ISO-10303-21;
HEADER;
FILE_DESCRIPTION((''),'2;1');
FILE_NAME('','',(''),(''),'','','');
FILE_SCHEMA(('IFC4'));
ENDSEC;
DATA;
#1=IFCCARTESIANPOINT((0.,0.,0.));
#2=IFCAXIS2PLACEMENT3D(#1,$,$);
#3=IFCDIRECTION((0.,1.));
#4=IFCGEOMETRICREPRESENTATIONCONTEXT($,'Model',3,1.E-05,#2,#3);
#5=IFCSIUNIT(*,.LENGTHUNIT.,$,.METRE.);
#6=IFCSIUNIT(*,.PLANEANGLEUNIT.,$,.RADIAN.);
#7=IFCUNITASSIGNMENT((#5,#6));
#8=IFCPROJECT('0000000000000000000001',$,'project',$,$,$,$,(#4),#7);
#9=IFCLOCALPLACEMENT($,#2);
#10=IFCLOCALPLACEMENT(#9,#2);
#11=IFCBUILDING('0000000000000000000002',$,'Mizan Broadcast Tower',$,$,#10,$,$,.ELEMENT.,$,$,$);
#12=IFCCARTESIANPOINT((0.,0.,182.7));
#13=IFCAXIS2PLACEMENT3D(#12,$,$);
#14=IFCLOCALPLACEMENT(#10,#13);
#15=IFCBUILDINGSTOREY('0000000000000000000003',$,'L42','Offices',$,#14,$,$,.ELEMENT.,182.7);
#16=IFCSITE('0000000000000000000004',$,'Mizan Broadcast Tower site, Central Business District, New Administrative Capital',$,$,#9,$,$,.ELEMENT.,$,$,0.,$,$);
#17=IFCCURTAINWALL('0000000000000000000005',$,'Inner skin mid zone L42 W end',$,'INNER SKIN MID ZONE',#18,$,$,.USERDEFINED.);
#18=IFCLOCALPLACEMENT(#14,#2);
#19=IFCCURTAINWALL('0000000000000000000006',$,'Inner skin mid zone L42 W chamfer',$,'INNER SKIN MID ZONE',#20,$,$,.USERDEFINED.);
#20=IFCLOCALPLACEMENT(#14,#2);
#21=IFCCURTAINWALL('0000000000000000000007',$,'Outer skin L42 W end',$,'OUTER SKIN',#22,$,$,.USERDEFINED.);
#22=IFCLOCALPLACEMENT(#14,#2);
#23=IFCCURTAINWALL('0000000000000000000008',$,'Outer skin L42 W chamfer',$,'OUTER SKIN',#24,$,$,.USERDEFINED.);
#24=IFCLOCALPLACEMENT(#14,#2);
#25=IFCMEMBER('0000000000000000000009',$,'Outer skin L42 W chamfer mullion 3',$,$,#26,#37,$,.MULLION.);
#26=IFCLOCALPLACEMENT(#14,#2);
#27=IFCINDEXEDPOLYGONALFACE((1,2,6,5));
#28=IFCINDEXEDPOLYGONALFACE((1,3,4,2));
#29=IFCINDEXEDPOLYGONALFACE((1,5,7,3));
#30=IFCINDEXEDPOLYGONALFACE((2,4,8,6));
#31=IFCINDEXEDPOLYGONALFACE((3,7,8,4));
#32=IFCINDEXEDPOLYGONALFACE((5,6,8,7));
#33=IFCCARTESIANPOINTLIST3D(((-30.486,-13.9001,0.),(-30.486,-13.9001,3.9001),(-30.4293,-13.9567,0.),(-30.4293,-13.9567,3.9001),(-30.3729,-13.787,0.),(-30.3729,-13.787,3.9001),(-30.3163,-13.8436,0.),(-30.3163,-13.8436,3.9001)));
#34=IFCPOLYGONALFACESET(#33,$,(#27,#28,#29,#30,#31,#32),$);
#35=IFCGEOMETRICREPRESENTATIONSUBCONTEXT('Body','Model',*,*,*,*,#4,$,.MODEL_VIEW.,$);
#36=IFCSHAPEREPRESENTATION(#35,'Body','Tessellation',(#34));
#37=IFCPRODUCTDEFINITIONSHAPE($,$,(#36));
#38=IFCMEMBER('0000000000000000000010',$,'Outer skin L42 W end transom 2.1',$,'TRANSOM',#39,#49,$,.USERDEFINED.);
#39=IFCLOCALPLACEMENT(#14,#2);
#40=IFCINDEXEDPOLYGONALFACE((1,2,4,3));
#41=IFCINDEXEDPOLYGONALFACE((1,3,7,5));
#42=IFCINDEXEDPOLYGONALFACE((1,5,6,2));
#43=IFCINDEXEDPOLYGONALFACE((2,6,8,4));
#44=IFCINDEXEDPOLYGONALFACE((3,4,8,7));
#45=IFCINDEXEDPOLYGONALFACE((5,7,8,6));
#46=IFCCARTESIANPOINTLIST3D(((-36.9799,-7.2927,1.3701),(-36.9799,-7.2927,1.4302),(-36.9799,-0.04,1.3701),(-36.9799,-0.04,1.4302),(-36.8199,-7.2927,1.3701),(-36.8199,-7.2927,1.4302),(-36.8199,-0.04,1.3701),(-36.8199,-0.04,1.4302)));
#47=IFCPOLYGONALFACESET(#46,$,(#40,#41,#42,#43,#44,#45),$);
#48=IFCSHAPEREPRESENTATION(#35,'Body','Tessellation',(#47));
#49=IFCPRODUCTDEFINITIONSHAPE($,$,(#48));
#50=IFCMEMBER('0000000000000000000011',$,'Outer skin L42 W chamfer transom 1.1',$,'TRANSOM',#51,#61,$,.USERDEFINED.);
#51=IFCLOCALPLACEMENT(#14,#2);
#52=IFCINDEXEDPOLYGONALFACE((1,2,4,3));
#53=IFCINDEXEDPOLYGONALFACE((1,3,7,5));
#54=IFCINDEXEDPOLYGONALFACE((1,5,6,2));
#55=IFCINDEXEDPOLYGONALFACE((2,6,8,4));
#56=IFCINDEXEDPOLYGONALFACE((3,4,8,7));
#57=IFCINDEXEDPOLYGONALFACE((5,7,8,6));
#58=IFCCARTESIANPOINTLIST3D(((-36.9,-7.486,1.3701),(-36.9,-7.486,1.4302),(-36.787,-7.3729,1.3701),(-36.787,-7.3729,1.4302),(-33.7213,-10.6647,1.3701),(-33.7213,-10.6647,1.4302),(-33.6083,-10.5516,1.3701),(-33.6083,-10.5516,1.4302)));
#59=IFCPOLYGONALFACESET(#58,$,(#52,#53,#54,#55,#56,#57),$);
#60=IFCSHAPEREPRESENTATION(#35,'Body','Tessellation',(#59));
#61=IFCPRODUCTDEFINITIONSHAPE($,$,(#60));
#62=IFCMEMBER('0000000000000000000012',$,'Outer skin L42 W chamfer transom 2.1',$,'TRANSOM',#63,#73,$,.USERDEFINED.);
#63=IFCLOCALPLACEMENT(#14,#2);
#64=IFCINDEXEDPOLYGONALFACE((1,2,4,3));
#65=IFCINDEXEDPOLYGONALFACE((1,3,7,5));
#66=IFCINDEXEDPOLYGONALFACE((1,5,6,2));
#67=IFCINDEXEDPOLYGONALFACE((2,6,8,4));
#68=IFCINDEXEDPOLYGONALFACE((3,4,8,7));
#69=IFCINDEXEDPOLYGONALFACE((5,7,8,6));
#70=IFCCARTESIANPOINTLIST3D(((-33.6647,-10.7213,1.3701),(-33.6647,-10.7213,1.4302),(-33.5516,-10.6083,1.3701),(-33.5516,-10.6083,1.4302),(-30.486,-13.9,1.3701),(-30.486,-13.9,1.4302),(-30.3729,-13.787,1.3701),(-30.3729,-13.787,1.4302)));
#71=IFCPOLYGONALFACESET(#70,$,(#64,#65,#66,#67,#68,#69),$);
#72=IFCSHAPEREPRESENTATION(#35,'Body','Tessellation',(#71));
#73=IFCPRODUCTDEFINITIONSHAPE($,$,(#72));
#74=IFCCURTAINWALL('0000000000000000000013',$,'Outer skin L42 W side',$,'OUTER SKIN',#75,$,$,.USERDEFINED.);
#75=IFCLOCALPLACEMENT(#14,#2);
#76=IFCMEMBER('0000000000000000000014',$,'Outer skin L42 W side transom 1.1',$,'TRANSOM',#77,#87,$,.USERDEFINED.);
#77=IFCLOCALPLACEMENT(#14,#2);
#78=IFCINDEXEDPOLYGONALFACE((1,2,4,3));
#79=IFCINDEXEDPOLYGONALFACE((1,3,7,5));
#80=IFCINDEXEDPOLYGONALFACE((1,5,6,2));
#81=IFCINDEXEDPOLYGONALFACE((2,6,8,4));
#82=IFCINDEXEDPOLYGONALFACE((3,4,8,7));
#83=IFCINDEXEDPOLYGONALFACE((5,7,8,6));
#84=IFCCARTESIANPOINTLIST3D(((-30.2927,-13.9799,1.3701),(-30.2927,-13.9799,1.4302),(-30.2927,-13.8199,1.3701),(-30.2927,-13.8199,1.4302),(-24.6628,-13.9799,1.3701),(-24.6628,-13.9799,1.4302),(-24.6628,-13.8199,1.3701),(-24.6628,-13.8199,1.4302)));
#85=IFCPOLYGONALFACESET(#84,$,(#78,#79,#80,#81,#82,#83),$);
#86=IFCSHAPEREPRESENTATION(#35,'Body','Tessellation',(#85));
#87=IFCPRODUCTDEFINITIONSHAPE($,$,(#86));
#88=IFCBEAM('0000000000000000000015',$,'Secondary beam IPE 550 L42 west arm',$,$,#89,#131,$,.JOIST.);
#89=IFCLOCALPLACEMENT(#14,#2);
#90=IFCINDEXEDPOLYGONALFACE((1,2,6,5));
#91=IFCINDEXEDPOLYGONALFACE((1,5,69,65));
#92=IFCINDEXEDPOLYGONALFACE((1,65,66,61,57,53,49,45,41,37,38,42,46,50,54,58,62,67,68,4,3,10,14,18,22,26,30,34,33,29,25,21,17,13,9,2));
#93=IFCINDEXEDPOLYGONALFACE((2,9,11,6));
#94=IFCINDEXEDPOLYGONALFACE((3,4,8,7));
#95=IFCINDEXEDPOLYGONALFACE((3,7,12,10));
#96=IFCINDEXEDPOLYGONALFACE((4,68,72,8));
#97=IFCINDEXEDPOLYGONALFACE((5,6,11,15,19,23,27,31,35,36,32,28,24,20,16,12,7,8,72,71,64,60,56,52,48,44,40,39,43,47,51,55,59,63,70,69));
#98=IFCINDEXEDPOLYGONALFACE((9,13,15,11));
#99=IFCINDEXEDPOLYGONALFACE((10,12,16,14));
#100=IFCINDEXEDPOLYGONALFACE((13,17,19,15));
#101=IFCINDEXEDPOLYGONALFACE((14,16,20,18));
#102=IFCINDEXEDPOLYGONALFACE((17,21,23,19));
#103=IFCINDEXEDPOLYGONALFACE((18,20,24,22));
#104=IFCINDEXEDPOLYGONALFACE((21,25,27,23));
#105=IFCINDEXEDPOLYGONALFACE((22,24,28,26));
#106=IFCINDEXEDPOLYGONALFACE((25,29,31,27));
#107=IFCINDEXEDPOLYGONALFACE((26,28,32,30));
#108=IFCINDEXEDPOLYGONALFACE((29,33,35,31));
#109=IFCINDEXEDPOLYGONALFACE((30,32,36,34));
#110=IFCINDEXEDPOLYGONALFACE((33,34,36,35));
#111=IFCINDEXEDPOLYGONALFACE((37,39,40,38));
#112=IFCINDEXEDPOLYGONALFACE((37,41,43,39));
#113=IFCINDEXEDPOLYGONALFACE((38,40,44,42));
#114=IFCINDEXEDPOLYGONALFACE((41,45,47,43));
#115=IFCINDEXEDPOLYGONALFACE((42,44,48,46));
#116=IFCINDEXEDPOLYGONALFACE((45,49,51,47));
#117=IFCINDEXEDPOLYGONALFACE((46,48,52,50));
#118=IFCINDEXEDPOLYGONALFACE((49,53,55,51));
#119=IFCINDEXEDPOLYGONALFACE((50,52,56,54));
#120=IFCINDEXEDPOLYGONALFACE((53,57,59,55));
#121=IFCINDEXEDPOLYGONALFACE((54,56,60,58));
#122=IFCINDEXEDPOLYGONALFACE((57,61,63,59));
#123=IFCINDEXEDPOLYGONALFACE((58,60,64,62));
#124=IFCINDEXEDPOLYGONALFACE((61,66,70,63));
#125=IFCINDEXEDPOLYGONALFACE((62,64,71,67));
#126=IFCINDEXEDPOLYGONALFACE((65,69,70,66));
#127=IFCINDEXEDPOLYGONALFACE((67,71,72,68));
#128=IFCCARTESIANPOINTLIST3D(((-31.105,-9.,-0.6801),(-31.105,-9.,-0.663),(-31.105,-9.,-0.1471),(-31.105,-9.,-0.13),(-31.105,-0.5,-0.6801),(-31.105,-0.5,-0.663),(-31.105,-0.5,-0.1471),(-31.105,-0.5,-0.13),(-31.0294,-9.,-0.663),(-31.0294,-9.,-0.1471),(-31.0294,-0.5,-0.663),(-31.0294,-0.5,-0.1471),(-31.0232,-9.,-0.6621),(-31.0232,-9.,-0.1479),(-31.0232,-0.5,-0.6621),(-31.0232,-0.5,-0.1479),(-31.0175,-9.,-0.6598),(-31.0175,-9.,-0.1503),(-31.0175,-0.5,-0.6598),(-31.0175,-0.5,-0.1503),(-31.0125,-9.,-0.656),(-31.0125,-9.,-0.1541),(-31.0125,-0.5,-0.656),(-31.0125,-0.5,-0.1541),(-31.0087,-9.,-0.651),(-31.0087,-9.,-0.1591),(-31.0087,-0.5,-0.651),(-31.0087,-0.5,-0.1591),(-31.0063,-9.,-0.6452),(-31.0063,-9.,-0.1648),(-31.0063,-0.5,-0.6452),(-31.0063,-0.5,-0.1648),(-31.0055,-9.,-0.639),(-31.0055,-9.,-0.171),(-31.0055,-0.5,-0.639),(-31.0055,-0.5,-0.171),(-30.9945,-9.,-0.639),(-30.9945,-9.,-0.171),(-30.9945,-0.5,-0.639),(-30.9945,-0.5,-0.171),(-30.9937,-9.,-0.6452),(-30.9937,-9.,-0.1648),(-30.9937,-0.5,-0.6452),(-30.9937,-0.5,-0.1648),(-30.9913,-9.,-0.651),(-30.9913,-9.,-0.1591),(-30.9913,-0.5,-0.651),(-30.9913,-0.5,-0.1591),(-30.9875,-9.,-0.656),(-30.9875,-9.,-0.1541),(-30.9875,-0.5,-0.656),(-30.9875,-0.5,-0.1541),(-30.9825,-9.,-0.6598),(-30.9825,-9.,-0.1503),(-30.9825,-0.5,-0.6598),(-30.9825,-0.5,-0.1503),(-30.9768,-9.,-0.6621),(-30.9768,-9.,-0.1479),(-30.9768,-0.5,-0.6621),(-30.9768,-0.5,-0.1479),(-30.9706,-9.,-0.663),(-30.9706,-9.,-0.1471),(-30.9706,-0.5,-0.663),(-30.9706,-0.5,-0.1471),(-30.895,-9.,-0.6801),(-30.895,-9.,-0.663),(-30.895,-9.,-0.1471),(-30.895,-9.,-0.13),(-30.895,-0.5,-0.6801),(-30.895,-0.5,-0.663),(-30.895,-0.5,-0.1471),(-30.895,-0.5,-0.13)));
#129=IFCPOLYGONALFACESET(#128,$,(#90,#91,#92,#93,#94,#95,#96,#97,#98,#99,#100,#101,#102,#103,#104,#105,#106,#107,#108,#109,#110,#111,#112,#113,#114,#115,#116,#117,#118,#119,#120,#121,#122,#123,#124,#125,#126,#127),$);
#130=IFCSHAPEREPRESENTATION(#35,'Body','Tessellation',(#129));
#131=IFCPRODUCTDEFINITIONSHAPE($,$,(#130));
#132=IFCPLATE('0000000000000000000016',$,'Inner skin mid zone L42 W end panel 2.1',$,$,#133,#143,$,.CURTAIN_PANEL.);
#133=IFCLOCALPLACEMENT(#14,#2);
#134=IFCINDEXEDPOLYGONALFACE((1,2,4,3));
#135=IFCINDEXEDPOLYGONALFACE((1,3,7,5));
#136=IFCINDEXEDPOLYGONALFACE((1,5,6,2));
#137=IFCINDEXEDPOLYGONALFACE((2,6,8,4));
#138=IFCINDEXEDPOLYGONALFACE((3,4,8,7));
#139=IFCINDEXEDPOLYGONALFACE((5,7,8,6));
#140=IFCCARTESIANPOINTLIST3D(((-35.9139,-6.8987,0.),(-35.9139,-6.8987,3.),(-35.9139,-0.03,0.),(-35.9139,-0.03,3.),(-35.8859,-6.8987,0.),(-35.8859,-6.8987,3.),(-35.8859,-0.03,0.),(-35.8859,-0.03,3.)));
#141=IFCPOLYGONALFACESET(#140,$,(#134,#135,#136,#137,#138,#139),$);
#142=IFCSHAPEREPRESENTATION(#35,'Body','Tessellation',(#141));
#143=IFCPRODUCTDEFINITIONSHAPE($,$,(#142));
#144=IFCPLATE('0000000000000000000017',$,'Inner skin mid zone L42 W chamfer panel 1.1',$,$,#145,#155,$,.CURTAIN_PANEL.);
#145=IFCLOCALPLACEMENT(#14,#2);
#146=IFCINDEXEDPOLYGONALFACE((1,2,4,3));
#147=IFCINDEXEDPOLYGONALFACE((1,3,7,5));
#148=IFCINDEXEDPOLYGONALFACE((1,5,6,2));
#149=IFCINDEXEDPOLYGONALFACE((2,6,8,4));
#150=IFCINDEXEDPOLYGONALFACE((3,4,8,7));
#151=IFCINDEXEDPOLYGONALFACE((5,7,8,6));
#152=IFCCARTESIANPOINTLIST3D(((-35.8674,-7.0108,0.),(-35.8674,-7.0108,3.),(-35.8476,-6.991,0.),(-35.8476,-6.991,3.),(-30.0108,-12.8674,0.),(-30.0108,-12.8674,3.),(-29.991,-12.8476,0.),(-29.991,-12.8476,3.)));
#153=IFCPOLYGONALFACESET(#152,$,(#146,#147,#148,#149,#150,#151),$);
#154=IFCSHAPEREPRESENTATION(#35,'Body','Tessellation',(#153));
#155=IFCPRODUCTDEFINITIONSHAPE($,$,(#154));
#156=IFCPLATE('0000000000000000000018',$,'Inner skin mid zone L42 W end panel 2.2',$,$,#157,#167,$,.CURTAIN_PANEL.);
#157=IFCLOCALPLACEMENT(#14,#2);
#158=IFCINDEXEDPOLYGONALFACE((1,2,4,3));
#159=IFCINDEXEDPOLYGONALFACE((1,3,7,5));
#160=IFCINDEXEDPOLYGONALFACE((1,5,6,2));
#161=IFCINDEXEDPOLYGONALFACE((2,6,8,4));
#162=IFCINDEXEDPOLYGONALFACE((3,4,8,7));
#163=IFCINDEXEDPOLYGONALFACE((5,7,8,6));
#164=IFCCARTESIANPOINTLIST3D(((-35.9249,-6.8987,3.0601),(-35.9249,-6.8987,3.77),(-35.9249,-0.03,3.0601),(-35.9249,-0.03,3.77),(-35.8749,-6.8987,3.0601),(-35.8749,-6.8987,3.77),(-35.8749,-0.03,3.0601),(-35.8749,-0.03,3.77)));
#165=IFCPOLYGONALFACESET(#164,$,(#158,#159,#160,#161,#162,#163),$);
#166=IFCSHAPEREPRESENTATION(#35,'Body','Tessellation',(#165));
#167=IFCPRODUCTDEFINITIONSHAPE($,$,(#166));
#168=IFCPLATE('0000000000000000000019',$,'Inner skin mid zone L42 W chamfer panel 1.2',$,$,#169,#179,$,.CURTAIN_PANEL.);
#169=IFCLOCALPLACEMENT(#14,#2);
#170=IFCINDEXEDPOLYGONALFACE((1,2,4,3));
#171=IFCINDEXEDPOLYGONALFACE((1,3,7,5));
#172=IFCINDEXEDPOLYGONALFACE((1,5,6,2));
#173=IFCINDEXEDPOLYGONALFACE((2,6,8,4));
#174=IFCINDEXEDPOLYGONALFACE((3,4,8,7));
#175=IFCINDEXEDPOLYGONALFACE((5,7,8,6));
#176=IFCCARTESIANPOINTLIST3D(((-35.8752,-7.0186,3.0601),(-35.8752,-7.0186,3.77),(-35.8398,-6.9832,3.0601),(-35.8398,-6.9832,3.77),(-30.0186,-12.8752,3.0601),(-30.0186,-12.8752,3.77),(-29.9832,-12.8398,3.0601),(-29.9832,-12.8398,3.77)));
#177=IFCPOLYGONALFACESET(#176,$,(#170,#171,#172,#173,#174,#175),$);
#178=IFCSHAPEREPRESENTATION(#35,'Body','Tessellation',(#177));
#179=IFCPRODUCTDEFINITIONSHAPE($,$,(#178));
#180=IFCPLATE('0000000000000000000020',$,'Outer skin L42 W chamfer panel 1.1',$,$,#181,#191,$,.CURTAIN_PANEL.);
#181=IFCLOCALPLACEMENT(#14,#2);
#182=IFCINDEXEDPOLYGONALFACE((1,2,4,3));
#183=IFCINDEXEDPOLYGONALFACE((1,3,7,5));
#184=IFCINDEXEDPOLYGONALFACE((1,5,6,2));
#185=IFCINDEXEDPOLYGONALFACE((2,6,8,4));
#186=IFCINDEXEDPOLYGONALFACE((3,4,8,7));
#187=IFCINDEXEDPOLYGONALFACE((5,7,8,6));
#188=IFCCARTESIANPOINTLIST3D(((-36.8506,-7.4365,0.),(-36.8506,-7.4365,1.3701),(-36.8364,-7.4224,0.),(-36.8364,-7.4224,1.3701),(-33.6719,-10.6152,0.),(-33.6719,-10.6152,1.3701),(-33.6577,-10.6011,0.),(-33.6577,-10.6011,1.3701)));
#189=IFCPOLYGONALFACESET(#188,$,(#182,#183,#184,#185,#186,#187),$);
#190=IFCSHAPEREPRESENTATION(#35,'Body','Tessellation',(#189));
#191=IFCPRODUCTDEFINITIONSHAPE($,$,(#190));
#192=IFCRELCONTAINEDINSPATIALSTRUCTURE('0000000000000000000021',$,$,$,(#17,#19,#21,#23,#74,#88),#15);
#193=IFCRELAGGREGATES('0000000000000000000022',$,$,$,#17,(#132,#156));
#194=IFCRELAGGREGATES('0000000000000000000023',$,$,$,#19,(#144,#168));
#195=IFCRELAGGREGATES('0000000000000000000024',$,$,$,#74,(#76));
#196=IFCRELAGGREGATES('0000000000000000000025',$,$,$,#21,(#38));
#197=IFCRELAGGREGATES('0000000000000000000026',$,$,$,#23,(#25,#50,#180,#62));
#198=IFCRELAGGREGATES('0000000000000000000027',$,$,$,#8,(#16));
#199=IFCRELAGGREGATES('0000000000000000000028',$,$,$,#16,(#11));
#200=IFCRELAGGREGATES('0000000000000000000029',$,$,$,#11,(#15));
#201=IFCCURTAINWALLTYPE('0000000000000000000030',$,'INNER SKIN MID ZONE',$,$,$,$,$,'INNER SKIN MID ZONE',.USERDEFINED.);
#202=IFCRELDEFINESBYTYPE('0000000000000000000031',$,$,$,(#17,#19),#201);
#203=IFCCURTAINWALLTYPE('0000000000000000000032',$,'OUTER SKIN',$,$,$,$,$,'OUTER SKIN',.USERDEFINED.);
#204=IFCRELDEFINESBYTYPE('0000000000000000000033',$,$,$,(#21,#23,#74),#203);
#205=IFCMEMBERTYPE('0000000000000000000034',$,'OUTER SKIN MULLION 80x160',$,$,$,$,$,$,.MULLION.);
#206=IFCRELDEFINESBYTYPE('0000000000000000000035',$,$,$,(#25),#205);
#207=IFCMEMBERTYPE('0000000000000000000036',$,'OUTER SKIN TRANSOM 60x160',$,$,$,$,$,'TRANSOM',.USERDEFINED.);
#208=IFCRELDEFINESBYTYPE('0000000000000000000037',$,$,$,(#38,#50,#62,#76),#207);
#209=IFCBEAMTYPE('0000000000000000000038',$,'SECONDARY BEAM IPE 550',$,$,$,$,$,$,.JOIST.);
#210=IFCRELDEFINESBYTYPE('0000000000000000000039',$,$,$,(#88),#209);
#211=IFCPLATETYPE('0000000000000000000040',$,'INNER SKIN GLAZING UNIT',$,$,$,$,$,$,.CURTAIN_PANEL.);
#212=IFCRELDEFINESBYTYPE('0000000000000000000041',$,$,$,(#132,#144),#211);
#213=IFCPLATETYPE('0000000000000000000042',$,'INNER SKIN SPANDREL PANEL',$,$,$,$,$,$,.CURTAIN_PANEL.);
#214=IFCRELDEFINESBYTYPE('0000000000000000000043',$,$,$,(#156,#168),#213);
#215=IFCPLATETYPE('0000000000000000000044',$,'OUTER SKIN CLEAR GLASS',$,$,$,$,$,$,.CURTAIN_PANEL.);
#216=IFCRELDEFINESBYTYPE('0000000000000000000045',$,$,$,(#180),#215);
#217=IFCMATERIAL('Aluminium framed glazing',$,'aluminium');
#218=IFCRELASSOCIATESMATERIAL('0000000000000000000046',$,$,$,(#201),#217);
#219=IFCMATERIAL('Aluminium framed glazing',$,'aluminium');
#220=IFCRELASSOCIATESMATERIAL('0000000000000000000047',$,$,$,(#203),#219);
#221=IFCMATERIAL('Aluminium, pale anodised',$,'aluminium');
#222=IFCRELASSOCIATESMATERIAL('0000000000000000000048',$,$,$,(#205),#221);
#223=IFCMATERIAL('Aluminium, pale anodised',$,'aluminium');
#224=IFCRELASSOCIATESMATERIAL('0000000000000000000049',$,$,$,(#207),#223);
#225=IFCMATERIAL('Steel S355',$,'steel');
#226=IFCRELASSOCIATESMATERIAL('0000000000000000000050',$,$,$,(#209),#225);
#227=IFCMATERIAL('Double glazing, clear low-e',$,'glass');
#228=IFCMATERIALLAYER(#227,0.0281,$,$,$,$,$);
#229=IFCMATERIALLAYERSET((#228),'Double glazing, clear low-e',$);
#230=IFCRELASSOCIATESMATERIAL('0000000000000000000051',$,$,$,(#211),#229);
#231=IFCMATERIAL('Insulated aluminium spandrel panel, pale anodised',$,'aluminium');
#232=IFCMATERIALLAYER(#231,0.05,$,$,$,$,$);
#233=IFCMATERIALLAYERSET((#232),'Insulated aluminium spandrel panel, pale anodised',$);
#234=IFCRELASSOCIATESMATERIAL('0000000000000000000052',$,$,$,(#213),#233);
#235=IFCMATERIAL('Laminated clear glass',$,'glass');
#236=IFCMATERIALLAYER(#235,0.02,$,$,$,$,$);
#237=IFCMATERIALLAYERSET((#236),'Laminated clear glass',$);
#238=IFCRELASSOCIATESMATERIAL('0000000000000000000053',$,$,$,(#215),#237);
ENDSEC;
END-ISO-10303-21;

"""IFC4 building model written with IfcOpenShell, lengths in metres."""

from ifc_helpers import new_model, si_unit, direction, frame, origin, origin_2d, place, context, subcontext, project, spatial, rectangle, i_section, extrude, material, layer, layer_set, material_profile, profile_set, type_object, element, aggregate, save


model = new_model("IFC4")

# Units and contexts
model_context = context("Model", 3, precision=1e-05, world=origin(), true_north=direction((0.0, 1.0)))
body_context = subcontext(model_context, "Body", "Model", "MODEL_VIEW")
ifc_project = project(units=[si_unit("LENGTHUNIT", "METRE"), si_unit("PLANEANGLEUNIT", "RADIAN")], contexts=[model_context])

# Site, building, storey
site_placement = place(None, origin())
site = spatial("IfcSite", under=ifc_project, at=site_placement, Name="Mizan Broadcast Tower site, Central Business District, New Administrative Capital", CompositionType="ELEMENT", RefElevation=0.0)
building_placement = place(site_placement, origin())
building = spatial("IfcBuilding", under=site, at=building_placement, Name="Mizan Broadcast Tower", CompositionType="ELEMENT")
storey_placement = place(building_placement, frame((0.0, 0.0, 182.7)))
storey = spatial("IfcBuildingStorey", under=building, at=storey_placement, Name="L42", Description="Offices", CompositionType="ELEMENT", Elevation=182.7)

# Curtain wall
ifc_material_1 = material(Name="Aluminium framed glazing", Category="aluminium")
curtain_wall_type_1 = type_object("IfcCurtainWallType", Name="INNER SKIN MID ZONE", ElementType="INNER SKIN MID ZONE", PredefinedType="USERDEFINED", material=ifc_material_1)
curtain_wall_1_placement = place(storey_placement, origin())
curtain_wall_1 = element("IfcCurtainWall", 1, at=curtain_wall_1_placement, inside=storey, type_object=curtain_wall_type_1, Name="Inner skin mid zone L42 W end", ObjectType="INNER SKIN MID ZONE", PredefinedType="USERDEFINED")

# Curtain wall
curtain_wall_2_placement = place(storey_placement, origin())
curtain_wall_2 = element("IfcCurtainWall", 2, at=curtain_wall_2_placement, inside=storey, type_object=curtain_wall_type_1, Name="Inner skin mid zone L42 W chamfer", ObjectType="INNER SKIN MID ZONE", PredefinedType="USERDEFINED")

# Curtain walls, member
ifc_material_2 = material(Name="Aluminium framed glazing", Category="aluminium")
curtain_wall_type_2 = type_object("IfcCurtainWallType", Name="OUTER SKIN", ElementType="OUTER SKIN", PredefinedType="USERDEFINED", material=ifc_material_2)
curtain_wall_3_placement = place(storey_placement, origin())
curtain_wall_3 = element("IfcCurtainWall", 3, at=curtain_wall_3_placement, inside=storey, type_object=curtain_wall_type_2, Name="Outer skin L42 W end", ObjectType="OUTER SKIN", PredefinedType="USERDEFINED")
ifc_material_3 = material(Name="Aluminium, pale anodised", Category="aluminium")
ifc_material_profile_1 = material_profile(ifc_material_3, rectangle(XDim=0.1599, YDim=0.0801, at=origin_2d()), Name="MULLION 160x80")
ifc_profile_set_1 = profile_set([ifc_material_profile_1], Name="Aluminium, pale anodised")
member_type_1 = type_object("IfcMemberType", Name="OUTER SKIN MULLION 80x160", PredefinedType="MULLION", material=ifc_profile_set_1)
curtain_wall_4_placement = place(storey_placement, origin())
curtain_wall_4 = element("IfcCurtainWall", 4, at=curtain_wall_4_placement, inside=storey, type_object=curtain_wall_type_2, Name="Outer skin L42 W chamfer", ObjectType="OUTER SKIN", PredefinedType="USERDEFINED")
member_1_placement = place(storey_placement, frame((-30.4011, -13.8718, 0.0), z_axis=(0.0, 0.0, 1.0), x_axis=(0.707107, 0.707107, 0.0)))
member_1 = element("IfcMember", 5, at=member_1_placement, type_object=member_type_1, Name="Outer skin L42 W chamfer mullion 3", PredefinedType="MULLION", context=body_context, shape_type="SweptSolid", body=[
    extrude(rectangle(XDim=0.1599, YDim=0.0801, at=origin_2d()), origin(), (0.0, 0.0, 1.0), 3.9001),
])

# Members
ifc_material_4 = material(Name="Aluminium, pale anodised", Category="aluminium")
ifc_material_profile_2 = material_profile(ifc_material_4, rectangle(XDim=0.1599, YDim=0.0601, at=origin_2d()), Name="TRANSOM 160x60")
ifc_profile_set_2 = profile_set([ifc_material_profile_2], Name="Aluminium, pale anodised")
member_type_2 = type_object("IfcMemberType", Name="OUTER SKIN TRANSOM 60x160", ElementType="TRANSOM", PredefinedType="USERDEFINED", material=ifc_profile_set_2)
member_2_placement = place(storey_placement, frame((-36.8999, -0.04, 1.4001), z_axis=(0.0, -1.0, 0.0), x_axis=(1.0, 0.0, 0.0)))
member_2 = element("IfcMember", 6, at=member_2_placement, type_object=member_type_2, Name="Outer skin L42 W end transom 2.1", ObjectType="TRANSOM", PredefinedType="USERDEFINED", context=body_context, shape_type="SweptSolid", body=[
    extrude(rectangle(XDim=0.1599, YDim=0.0601, at=origin_2d()), origin(), (0.0, 0.0, 1.0), 7.2527),
])
member_3_placement = place(storey_placement, frame((-36.8435, -7.4294, 1.4001), z_axis=(0.707107, -0.707107, 0.0), x_axis=(0.707107, 0.707107, 0.0)))
member_3 = element("IfcMember", 7, at=member_3_placement, type_object=member_type_2, Name="Outer skin L42 W chamfer transom 1.1", ObjectType="TRANSOM", PredefinedType="USERDEFINED", context=body_context, shape_type="SweptSolid", body=[
    extrude(rectangle(XDim=0.1599, YDim=0.0601, at=origin_2d()), origin(), (0.0, 0.0, 1.0), 4.4954),
])
member_4_placement = place(storey_placement, frame((-33.6082, -10.6648, 1.4001), z_axis=(0.707107, -0.707107, 0.0), x_axis=(0.707107, 0.707107, 0.0)))
member_4 = element("IfcMember", 8, at=member_4_placement, type_object=member_type_2, Name="Outer skin L42 W chamfer transom 2.1", ObjectType="TRANSOM", PredefinedType="USERDEFINED", context=body_context, shape_type="SweptSolid", body=[
    extrude(rectangle(XDim=0.1599, YDim=0.0601, at=origin_2d()), origin(), (0.0, 0.0, 1.0), 4.4954),
])

# Curtain wall, member
curtain_wall_5_placement = place(storey_placement, origin())
curtain_wall_5 = element("IfcCurtainWall", 9, at=curtain_wall_5_placement, inside=storey, type_object=curtain_wall_type_2, Name="Outer skin L42 W side", ObjectType="OUTER SKIN", PredefinedType="USERDEFINED")
member_5_placement = place(storey_placement, frame((-30.2927, -13.8999, 1.4001), z_axis=(1.0, 0.0, 0.0), x_axis=(0.0, 1.0, 0.0)))
member_5 = element("IfcMember", 10, at=member_5_placement, type_object=member_type_2, Name="Outer skin L42 W side transom 1.1", ObjectType="TRANSOM", PredefinedType="USERDEFINED", context=body_context, shape_type="SweptSolid", body=[
    extrude(rectangle(XDim=0.1599, YDim=0.0601, at=origin_2d()), origin(), (0.0, 0.0, 1.0), 5.6299),
])

# Beam
ifc_material_5 = material(Name="Steel S355", Category="steel")
ifc_material_profile_3 = material_profile(ifc_material_5, i_section(OverallWidth=0.21, OverallDepth=0.55, WebThickness=0.011, FlangeThickness=0.0171, FilletRadius=0.0239, at=origin_2d()), Name="IPE 550")
ifc_profile_set_3 = profile_set([ifc_material_profile_3], Name="Steel S355")
beam_type_1 = type_object("IfcBeamType", Name="SECONDARY BEAM IPE 550", PredefinedType="JOIST", material=ifc_profile_set_3)
beam_1_placement = place(storey_placement, frame((-31.0, -9.0, -0.405), z_axis=(0.0, 1.0, 0.0), x_axis=(-1.0, 0.0, 0.0)))
element("IfcBeam", 11, at=beam_1_placement, inside=storey, type_object=beam_type_1, Name="Secondary beam IPE 550 L42 west arm", PredefinedType="JOIST", context=body_context, shape_type="SweptSolid", body=[
    extrude(i_section(OverallWidth=0.21, OverallDepth=0.55, WebThickness=0.011, FlangeThickness=0.0171, FilletRadius=0.0239, at=origin_2d()), origin(), (0.0, 0.0, 1.0), 8.5),
])

# Plates
ifc_material_6 = material(Name="Double glazing, clear low-e", Category="glass")
ifc_layer_1 = layer(ifc_material_6, 0.0281)
ifc_layer_set_1 = layer_set([ifc_layer_1], Name="Double glazing, clear low-e")
plate_type_1 = type_object("IfcPlateType", Name="INNER SKIN GLAZING UNIT", PredefinedType="CURTAIN_PANEL", material=ifc_layer_set_1)
plate_1_placement = place(storey_placement, frame((-35.8999, -3.4644, 0.0), z_axis=(0.0, 0.0, 1.0), x_axis=(0.0, -1.0, 0.0)))
plate_1 = element("IfcPlate", 12, at=plate_1_placement, type_object=plate_type_1, Name="Inner skin mid zone L42 W end panel 2.1", PredefinedType="CURTAIN_PANEL", context=body_context, shape_type="SweptSolid", body=[
    extrude(rectangle(XDim=6.8687, YDim=0.0281, at=origin_2d()), origin(), (0.0, 0.0, 1.0), 3.0),
])
plate_2_placement = place(storey_placement, frame((-32.9292, -9.9292, 0.0), z_axis=(0.0, 0.0, 1.0), x_axis=(0.707107, -0.707107, 0.0)))
plate_2 = element("IfcPlate", 13, at=plate_2_placement, type_object=plate_type_1, Name="Inner skin mid zone L42 W chamfer panel 1.1", PredefinedType="CURTAIN_PANEL", context=body_context, shape_type="SweptSolid", body=[
    extrude(rectangle(XDim=8.2825, YDim=0.0281, at=origin_2d()), origin(), (0.0, 0.0, 1.0), 3.0),
])
ifc_material_7 = material(Name="Insulated aluminium spandrel panel, pale anodised", Category="aluminium")
ifc_layer_2 = layer(ifc_material_7, 0.05)
ifc_layer_set_2 = layer_set([ifc_layer_2], Name="Insulated aluminium spandrel panel, pale anodised")
plate_type_2 = type_object("IfcPlateType", Name="INNER SKIN SPANDREL PANEL", PredefinedType="CURTAIN_PANEL", material=ifc_layer_set_2)
plate_3_placement = place(storey_placement, frame((-35.8999, -3.4644, 3.0601), z_axis=(0.0, 0.0, 1.0), x_axis=(0.0, -1.0, 0.0)))
plate_3 = element("IfcPlate", 14, at=plate_3_placement, type_object=plate_type_2, Name="Inner skin mid zone L42 W end panel 2.2", PredefinedType="CURTAIN_PANEL", context=body_context, shape_type="SweptSolid", body=[
    extrude(rectangle(XDim=6.8687, YDim=0.05, at=origin_2d()), origin(), (0.0, 0.0, 1.0), 0.71),
])
aggregate(curtain_wall_1, [plate_1, plate_3])
plate_4_placement = place(storey_placement, frame((-32.9292, -9.9292, 3.0601), z_axis=(0.0, 0.0, 1.0), x_axis=(0.707107, -0.707107, 0.0)))
plate_4 = element("IfcPlate", 15, at=plate_4_placement, type_object=plate_type_2, Name="Inner skin mid zone L42 W chamfer panel 1.2", PredefinedType="CURTAIN_PANEL", context=body_context, shape_type="SweptSolid", body=[
    extrude(rectangle(XDim=8.2825, YDim=0.05, at=origin_2d()), origin(), (0.0, 0.0, 1.0), 0.71),
])
aggregate(curtain_wall_2, [plate_2, plate_4])
ifc_material_8 = material(Name="Laminated clear glass", Category="glass")
ifc_layer_3 = layer(ifc_material_8, 0.02)
ifc_layer_set_3 = layer_set([ifc_layer_3], Name="Laminated clear glass")
plate_type_3 = type_object("IfcPlateType", Name="OUTER SKIN CLEAR GLASS", PredefinedType="CURTAIN_PANEL", material=ifc_layer_set_3)
plate_5_placement = place(storey_placement, frame((-35.2542, -9.0188, 0.0), z_axis=(0.0, 0.0, 1.0), x_axis=(0.707107, -0.707107, 0.0)))
plate_5 = element("IfcPlate", 16, at=plate_5_placement, type_object=plate_type_3, Name="Outer skin L42 W chamfer panel 1.1", PredefinedType="CURTAIN_PANEL", context=body_context, shape_type="SweptSolid", body=[
    extrude(rectangle(XDim=4.4954, YDim=0.02, at=origin_2d()), origin(), (0.0, 0.0, 1.0), 1.3701),
])
aggregate(curtain_wall_5, [member_5])
aggregate(curtain_wall_3, [member_2])
aggregate(curtain_wall_4, [member_1, member_3, plate_5, member_4])

save(model, "model.ifc")
